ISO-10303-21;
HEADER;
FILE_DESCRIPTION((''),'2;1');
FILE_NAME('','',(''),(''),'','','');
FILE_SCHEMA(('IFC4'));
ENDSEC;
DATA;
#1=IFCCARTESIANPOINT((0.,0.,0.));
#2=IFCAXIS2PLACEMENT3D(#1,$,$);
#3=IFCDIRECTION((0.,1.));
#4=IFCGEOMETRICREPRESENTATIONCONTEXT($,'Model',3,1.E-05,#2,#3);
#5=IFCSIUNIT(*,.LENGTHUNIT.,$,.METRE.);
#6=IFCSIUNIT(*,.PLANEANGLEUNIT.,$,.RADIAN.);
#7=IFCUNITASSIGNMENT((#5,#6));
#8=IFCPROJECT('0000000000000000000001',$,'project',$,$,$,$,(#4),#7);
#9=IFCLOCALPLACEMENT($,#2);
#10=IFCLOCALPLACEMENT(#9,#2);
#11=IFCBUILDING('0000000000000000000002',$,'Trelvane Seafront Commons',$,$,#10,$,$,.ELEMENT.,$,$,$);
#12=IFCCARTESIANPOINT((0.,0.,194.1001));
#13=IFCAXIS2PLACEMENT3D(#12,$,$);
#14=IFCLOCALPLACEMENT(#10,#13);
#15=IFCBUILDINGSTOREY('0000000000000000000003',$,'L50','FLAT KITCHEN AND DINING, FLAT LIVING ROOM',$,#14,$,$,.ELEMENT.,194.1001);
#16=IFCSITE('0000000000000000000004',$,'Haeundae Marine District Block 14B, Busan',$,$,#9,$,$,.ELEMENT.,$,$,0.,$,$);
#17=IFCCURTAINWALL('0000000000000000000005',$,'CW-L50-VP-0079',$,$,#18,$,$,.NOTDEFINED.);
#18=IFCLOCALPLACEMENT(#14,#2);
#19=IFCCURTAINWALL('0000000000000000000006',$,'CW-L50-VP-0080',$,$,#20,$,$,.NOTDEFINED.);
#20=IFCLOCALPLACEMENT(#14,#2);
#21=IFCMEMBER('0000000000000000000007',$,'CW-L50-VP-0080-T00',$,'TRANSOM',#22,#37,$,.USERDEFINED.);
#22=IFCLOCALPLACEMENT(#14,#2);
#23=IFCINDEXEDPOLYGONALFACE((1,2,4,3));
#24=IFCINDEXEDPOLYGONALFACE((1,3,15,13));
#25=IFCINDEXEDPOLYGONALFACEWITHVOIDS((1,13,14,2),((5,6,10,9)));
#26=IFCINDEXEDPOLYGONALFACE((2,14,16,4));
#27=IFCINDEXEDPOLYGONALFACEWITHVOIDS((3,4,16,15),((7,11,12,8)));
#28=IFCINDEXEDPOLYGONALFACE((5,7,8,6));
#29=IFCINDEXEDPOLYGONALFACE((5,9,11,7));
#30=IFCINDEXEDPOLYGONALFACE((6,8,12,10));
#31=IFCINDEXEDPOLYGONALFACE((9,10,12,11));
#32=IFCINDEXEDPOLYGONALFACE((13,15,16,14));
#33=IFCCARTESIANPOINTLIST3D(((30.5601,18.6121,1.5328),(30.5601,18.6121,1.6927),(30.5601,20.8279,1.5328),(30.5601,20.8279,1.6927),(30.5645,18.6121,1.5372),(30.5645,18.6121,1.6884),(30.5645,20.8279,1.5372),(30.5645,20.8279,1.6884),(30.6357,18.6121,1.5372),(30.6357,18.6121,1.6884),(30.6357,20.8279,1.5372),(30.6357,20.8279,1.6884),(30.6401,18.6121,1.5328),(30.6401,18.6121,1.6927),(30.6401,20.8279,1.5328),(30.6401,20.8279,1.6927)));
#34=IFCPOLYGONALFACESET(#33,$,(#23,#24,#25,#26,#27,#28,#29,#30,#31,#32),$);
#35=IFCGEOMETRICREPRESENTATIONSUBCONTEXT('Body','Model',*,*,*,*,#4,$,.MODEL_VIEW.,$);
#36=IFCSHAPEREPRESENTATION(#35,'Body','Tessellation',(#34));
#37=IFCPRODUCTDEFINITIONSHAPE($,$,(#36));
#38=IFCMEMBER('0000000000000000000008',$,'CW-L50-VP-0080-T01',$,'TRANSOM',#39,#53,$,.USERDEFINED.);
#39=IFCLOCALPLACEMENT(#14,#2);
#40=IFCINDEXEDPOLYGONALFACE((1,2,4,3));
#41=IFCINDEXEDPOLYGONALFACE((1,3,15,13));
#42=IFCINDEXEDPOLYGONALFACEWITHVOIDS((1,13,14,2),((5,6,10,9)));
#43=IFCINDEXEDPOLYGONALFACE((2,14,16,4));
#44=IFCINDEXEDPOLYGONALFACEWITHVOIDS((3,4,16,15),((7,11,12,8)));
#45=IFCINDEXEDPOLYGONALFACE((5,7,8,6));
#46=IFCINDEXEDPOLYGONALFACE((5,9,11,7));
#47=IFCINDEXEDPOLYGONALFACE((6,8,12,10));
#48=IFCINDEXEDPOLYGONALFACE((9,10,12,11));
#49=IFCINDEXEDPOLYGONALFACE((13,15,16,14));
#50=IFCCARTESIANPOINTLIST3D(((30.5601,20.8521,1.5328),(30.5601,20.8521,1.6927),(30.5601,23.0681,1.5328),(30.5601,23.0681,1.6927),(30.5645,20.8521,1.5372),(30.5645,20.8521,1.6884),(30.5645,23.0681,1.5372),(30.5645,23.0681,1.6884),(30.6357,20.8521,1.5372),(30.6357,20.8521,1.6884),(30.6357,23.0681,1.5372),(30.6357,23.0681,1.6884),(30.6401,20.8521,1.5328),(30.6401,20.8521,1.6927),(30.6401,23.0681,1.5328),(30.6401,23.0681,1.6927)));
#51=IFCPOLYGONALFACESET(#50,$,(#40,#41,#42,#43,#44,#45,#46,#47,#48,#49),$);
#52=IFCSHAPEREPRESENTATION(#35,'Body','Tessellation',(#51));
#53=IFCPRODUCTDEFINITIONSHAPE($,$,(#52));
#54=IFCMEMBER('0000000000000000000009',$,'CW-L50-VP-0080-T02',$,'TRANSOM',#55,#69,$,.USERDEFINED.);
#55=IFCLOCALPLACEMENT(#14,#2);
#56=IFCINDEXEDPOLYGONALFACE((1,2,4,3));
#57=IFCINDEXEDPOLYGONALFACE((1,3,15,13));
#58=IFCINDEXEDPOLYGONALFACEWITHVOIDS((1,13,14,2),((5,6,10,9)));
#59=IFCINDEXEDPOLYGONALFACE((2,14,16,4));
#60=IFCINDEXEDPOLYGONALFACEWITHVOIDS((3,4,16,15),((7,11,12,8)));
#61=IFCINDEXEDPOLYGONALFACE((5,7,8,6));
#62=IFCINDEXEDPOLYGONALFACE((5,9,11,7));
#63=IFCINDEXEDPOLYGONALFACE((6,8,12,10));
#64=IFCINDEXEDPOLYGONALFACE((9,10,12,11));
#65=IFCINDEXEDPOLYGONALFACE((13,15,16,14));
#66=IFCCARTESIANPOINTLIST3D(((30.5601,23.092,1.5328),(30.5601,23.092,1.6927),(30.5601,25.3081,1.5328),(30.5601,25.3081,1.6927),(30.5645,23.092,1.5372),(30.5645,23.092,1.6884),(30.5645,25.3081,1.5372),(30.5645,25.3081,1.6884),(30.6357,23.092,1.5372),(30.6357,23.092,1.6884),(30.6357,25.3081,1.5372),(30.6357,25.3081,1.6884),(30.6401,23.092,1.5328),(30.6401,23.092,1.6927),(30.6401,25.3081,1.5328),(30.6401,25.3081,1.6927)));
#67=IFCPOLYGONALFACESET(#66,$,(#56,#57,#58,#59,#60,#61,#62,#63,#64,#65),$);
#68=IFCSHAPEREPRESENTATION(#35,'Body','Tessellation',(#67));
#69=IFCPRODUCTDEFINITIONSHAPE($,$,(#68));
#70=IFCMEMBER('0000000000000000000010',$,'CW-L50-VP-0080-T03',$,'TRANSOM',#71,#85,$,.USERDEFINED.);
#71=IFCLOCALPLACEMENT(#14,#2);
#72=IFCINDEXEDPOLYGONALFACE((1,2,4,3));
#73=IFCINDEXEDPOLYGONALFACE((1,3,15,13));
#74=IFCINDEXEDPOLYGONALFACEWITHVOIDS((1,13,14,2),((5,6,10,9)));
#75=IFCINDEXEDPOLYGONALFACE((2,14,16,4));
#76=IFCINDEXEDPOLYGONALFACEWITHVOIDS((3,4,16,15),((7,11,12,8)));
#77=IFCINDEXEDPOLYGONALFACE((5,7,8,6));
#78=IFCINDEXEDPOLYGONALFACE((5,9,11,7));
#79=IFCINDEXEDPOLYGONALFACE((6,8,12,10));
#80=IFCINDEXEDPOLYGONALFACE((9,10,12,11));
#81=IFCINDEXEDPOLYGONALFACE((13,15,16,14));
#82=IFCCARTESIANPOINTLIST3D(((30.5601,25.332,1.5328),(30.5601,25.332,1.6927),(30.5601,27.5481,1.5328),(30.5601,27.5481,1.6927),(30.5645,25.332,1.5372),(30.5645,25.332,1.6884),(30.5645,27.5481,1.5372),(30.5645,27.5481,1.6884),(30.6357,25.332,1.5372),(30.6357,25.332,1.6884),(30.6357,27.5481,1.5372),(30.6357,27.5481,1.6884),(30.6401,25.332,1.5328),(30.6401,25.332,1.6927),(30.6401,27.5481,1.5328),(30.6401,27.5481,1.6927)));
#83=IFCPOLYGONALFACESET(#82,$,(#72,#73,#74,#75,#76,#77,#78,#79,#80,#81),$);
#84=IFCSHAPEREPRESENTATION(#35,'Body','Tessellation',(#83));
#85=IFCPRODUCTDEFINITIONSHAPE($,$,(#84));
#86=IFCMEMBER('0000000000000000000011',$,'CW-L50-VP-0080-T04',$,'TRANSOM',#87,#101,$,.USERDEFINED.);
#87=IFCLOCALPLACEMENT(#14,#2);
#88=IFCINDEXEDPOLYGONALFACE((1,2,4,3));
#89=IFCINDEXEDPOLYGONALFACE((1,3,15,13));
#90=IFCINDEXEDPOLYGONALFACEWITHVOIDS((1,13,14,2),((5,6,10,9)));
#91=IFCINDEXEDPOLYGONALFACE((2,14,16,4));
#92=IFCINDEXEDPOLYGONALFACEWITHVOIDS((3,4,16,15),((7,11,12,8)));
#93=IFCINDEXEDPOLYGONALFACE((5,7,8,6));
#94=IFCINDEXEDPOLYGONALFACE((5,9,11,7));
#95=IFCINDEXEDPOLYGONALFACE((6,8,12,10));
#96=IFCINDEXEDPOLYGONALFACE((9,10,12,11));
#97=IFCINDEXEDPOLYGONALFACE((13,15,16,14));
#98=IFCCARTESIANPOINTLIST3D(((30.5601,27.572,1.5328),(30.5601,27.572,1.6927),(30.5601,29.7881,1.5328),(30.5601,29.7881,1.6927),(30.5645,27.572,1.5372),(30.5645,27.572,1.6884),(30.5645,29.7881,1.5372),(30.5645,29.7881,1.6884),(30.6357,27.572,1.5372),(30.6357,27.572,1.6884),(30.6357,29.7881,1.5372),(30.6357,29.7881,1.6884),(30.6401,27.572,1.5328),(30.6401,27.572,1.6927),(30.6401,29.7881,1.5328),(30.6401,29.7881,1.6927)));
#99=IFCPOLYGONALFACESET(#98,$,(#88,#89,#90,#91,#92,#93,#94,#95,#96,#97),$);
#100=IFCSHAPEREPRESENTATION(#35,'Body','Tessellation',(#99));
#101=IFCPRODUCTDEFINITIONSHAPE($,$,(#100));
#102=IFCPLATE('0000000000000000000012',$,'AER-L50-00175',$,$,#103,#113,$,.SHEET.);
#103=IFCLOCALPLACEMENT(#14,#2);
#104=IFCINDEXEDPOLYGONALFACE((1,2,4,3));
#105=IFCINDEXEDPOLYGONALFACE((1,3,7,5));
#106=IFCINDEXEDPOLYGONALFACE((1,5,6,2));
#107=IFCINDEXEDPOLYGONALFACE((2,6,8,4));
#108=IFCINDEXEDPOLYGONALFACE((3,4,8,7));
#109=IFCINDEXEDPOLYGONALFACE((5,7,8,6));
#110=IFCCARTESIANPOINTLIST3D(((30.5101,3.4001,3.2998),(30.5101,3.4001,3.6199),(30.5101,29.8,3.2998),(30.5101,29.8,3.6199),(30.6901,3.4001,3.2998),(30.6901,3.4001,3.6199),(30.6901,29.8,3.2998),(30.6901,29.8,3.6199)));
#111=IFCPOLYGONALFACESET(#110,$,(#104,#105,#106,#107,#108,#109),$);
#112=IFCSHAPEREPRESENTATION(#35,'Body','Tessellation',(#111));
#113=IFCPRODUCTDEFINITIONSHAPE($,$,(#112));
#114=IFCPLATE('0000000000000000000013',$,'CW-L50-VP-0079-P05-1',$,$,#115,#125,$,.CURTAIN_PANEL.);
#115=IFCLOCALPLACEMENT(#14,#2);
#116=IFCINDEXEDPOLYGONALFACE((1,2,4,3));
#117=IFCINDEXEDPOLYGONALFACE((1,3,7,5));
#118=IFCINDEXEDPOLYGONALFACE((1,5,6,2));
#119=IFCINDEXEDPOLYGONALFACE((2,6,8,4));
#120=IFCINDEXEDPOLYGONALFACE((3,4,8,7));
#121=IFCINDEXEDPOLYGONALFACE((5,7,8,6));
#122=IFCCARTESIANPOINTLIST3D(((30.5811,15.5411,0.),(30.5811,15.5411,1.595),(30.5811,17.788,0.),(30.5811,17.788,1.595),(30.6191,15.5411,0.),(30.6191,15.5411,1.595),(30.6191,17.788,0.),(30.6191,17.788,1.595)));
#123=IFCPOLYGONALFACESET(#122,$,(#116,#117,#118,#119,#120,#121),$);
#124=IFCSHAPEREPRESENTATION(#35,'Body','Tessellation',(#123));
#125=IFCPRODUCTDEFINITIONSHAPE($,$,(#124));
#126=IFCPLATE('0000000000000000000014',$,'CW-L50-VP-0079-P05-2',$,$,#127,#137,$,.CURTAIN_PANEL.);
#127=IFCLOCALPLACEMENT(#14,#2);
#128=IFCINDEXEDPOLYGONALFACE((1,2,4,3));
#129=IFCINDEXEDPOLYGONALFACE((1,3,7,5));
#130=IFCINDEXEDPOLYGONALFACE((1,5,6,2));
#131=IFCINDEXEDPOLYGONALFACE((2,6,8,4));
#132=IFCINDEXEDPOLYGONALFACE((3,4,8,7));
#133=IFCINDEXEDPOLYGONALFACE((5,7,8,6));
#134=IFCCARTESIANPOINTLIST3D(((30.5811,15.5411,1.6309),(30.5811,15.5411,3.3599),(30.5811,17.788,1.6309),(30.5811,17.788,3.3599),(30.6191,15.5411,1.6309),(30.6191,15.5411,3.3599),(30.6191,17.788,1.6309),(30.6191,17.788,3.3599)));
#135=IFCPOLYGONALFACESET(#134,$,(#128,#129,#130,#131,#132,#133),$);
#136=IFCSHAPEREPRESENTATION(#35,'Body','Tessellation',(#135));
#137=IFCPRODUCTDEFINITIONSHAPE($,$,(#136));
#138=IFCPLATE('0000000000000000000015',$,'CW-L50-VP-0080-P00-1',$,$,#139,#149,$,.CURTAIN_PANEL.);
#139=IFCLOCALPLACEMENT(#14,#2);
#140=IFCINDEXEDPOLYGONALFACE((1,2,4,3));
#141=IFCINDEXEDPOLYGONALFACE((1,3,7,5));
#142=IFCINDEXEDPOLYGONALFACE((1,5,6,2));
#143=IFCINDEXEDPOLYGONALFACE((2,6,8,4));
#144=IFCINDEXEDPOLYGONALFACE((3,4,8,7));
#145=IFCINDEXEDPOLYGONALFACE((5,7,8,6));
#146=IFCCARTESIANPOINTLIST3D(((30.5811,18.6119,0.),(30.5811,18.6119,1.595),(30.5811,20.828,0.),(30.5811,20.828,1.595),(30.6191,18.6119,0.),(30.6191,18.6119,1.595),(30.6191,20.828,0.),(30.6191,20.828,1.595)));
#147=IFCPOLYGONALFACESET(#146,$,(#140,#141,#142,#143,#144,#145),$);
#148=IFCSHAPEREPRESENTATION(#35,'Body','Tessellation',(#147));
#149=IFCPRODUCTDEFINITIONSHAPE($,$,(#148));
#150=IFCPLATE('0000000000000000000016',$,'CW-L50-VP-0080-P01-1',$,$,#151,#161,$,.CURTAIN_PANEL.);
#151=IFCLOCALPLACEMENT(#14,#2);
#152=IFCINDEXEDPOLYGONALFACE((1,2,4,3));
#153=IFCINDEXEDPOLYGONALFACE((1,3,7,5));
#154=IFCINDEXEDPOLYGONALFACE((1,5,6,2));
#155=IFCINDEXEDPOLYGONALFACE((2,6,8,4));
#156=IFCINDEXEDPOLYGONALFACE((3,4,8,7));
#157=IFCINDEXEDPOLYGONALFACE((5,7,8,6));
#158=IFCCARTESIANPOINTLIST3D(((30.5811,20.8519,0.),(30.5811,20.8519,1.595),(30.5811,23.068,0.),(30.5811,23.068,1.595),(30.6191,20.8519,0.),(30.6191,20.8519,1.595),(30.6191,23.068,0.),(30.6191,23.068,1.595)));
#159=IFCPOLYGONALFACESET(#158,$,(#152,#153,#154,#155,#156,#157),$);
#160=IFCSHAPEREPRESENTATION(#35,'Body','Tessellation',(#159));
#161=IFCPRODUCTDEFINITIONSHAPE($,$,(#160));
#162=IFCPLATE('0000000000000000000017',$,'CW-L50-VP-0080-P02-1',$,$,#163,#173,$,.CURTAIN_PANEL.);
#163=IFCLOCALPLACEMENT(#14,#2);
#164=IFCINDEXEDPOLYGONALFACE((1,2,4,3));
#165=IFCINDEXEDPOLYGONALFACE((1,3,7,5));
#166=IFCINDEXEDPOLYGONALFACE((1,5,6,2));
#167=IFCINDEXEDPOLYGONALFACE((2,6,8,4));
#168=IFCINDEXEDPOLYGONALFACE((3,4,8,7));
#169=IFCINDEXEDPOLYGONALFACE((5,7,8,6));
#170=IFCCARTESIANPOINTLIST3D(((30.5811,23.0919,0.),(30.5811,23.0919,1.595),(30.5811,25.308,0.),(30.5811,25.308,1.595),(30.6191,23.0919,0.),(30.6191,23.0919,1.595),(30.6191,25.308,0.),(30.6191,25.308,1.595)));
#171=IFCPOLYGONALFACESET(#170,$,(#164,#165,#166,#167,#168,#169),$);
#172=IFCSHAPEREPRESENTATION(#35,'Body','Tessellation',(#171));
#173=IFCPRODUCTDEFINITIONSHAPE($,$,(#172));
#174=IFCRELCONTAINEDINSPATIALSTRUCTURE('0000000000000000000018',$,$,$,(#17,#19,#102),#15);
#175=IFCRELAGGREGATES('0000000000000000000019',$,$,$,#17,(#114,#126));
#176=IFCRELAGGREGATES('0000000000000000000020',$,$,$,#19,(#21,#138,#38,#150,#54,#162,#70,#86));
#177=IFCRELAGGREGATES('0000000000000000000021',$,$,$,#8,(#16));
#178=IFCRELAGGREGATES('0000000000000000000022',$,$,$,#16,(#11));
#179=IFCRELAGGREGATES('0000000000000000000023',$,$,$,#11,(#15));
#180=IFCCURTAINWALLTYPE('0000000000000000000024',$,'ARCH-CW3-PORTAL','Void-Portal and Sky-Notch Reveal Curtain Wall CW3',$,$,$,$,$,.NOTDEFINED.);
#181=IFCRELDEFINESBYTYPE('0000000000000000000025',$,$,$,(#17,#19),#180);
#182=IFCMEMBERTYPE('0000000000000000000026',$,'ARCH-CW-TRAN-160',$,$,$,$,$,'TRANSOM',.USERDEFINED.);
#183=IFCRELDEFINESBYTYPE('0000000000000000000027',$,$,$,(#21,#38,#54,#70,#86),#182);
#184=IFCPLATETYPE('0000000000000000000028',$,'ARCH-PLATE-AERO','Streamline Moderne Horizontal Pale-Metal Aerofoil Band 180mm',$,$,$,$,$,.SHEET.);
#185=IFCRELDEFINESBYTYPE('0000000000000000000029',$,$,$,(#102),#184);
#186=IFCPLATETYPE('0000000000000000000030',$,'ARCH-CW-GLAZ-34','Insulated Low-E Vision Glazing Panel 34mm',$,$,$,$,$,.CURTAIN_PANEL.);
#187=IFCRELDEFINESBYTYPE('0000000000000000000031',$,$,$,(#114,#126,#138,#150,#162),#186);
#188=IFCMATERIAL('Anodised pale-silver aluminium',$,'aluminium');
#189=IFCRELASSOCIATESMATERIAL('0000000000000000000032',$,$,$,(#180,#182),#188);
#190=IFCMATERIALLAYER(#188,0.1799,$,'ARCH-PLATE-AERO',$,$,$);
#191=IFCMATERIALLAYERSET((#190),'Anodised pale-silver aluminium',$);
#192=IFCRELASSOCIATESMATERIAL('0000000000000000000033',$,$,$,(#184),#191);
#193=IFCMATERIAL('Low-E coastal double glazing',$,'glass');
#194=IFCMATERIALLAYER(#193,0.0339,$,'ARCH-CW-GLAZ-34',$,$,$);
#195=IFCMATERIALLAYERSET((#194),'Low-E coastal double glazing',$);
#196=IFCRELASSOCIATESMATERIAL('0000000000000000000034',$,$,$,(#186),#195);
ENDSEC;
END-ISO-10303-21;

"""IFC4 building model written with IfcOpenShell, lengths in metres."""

from ifc_helpers import new_model, si_unit, direction, frame, origin, origin_2d, place, context, subcontext, project, spatial, rectangle, hollow_rectangle, extrude, source, transform, mapped, material, layer, layer_set, material_profile, profile_set, type_object, element, aggregate, save


model = new_model("IFC4")

# Units and contexts
model_context = context("Model", 3, precision=1e-05, world=origin(), true_north=direction((0.0, 1.0)))
body_context = subcontext(model_context, "Body", "Model", "MODEL_VIEW")
ifc_project = project(units=[si_unit("LENGTHUNIT", "METRE"), si_unit("PLANEANGLEUNIT", "RADIAN")], contexts=[model_context])

# Site, building, storey
site_placement = place(None, origin())
site = spatial("IfcSite", under=ifc_project, at=site_placement, Name="Haeundae Marine District Block 14B, Busan", CompositionType="ELEMENT", RefElevation=0.0)
building_placement = place(site_placement, origin())
building = spatial("IfcBuilding", under=site, at=building_placement, Name="Trelvane Seafront Commons", CompositionType="ELEMENT")
storey_placement = place(building_placement, frame((0.0, 0.0, 194.1001)))
storey = spatial("IfcBuildingStorey", under=building, at=storey_placement, Name="L50", Description="FLAT KITCHEN AND DINING, FLAT LIVING ROOM", CompositionType="ELEMENT", Elevation=194.1001)

# Curtain wall
ifc_material_1 = material(Name="Anodised pale-silver aluminium", Category="aluminium")
curtain_wall_type = type_object("IfcCurtainWallType", Name="ARCH-CW3-PORTAL", Description="Void-Portal and Sky-Notch Reveal Curtain Wall CW3", PredefinedType="NOTDEFINED", material=ifc_material_1)
curtain_wall_1_placement = place(storey_placement, origin())
curtain_wall_1 = element("IfcCurtainWall", 1, at=curtain_wall_1_placement, inside=storey, type_object=curtain_wall_type, Name="CW-L50-VP-0079", PredefinedType="NOTDEFINED")

# Curtain wall, members
curtain_wall_2_placement = place(storey_placement, origin())
curtain_wall_2 = element("IfcCurtainWall", 2, at=curtain_wall_2_placement, inside=storey, type_object=curtain_wall_type, Name="CW-L50-VP-0080", PredefinedType="NOTDEFINED")
ifc_material_profile_1 = material_profile(ifc_material_1, hollow_rectangle(XDim=0.0801, YDim=0.1599, WallThickness=0.0044, at=origin_2d()), Name="TRAN-80x160x4.5")
ifc_profile_set_1 = profile_set([ifc_material_profile_1], Name="Anodised pale-silver aluminium")
member_type_1 = type_object("IfcMemberType", Name="ARCH-CW-TRAN-160", ElementType="TRANSOM", PredefinedType="USERDEFINED", material=ifc_profile_set_1)
shared_shape_1 = source(origin(), body_context, "Body", "SweptSolid", [
    extrude(hollow_rectangle(XDim=0.0801, YDim=0.1599, WallThickness=0.0044, at=origin_2d()), origin(), (0.0, 0.0, 1.0), 2.2158),
])
member_1_placement = place(storey_placement, frame((30.6001, 18.6121, 1.6128), z_axis=(0.0, 1.0, 0.0), x_axis=(-1.0, 0.0, 0.0)))
member_1 = element("IfcMember", 3, at=member_1_placement, type_object=member_type_1, Name="CW-L50-VP-0080-T00", ObjectType="TRANSOM", PredefinedType="USERDEFINED", context=body_context, shape_type="MappedRepresentation", body=[
    mapped(shared_shape_1, transform((0.0, 0.0, 0.0), x_axis=(1.0, 0.0, 0.0), y_axis=(0.0, 1.0, 0.0), z_axis=(0.0, 0.0, 1.0), scale=1.0)),
])
shared_shape_2 = source(origin(), body_context, "Body", "SweptSolid", [
    extrude(hollow_rectangle(XDim=0.0801, YDim=0.1599, WallThickness=0.0044, at=origin_2d()), origin(), (0.0, 0.0, 1.0), 2.2161),
])
member_2_placement = place(storey_placement, frame((30.6001, 20.8521, 1.6128), z_axis=(0.0, 1.0, 0.0), x_axis=(-1.0, 0.0, 0.0)))
member_2 = element("IfcMember", 4, at=member_2_placement, type_object=member_type_1, Name="CW-L50-VP-0080-T01", ObjectType="TRANSOM", PredefinedType="USERDEFINED", context=body_context, shape_type="MappedRepresentation", body=[
    mapped(shared_shape_2, transform((0.0, 0.0, 0.0), x_axis=(1.0, 0.0, 0.0), y_axis=(0.0, 1.0, 0.0), z_axis=(0.0, 0.0, 1.0), scale=1.0)),
])
member_3_placement = place(storey_placement, frame((30.6001, 23.092, 1.6128), z_axis=(0.0, 1.0, 0.0), x_axis=(-1.0, 0.0, 0.0)))
member_3 = element("IfcMember", 5, at=member_3_placement, type_object=member_type_1, Name="CW-L50-VP-0080-T02", ObjectType="TRANSOM", PredefinedType="USERDEFINED", context=body_context, shape_type="MappedRepresentation", body=[
    mapped(shared_shape_2, transform((0.0, 0.0, 0.0), x_axis=(1.0, 0.0, 0.0), y_axis=(0.0, 1.0, 0.0), z_axis=(0.0, 0.0, 1.0), scale=1.0)),
])
member_4_placement = place(storey_placement, frame((30.6001, 25.332, 1.6128), z_axis=(0.0, 1.0, 0.0), x_axis=(-1.0, 0.0, 0.0)))
member_4 = element("IfcMember", 6, at=member_4_placement, type_object=member_type_1, Name="CW-L50-VP-0080-T03", ObjectType="TRANSOM", PredefinedType="USERDEFINED", context=body_context, shape_type="MappedRepresentation", body=[
    mapped(shared_shape_2, transform((0.0, 0.0, 0.0), x_axis=(1.0, 0.0, 0.0), y_axis=(0.0, 1.0, 0.0), z_axis=(0.0, 0.0, 1.0), scale=1.0)),
])
member_5_placement = place(storey_placement, frame((30.6001, 27.572, 1.6128), z_axis=(0.0, 1.0, 0.0), x_axis=(-1.0, 0.0, 0.0)))
member_5 = element("IfcMember", 7, at=member_5_placement, type_object=member_type_1, Name="CW-L50-VP-0080-T04", ObjectType="TRANSOM", PredefinedType="USERDEFINED", context=body_context, shape_type="MappedRepresentation", body=[
    mapped(shared_shape_2, transform((0.0, 0.0, 0.0), x_axis=(1.0, 0.0, 0.0), y_axis=(0.0, 1.0, 0.0), z_axis=(0.0, 0.0, 1.0), scale=1.0)),
])

# Plates
ifc_layer_1 = layer(ifc_material_1, 0.1799, Name="ARCH-PLATE-AERO")
ifc_layer_set_1 = layer_set([ifc_layer_1], Name="Anodised pale-silver aluminium")
plate_type_1 = type_object("IfcPlateType", Name="ARCH-PLATE-AERO", Description="Streamline Moderne Horizontal Pale-Metal Aerofoil Band 180mm", PredefinedType="SHEET", material=ifc_layer_set_1)
shared_shape_3 = source(origin(), body_context, "Body", "SweptSolid", [
    extrude(rectangle(XDim=26.3999, YDim=0.1799, at=origin_2d()), origin(), (0.0, 0.0, 1.0), 0.3201),
])
plate_1_placement = place(storey_placement, frame((30.6001, 16.6001, 3.2998), z_axis=(0.0, 0.0, 1.0), x_axis=(0.0, -1.0, 0.0)))
element("IfcPlate", 8, at=plate_1_placement, inside=storey, type_object=plate_type_1, Name="AER-L50-00175", PredefinedType="SHEET", context=body_context, shape_type="MappedRepresentation", body=[
    mapped(shared_shape_3, transform((0.0, 0.0, 0.0), x_axis=(1.0, 0.0, 0.0), y_axis=(0.0, 1.0, 0.0), z_axis=(0.0, 0.0, 1.0), scale=1.0)),
])
ifc_material_2 = material(Name="Low-E coastal double glazing", Category="glass")
ifc_layer_2 = layer(ifc_material_2, 0.0339, Name="ARCH-CW-GLAZ-34")
ifc_layer_set_2 = layer_set([ifc_layer_2], Name="Low-E coastal double glazing")
plate_type_2 = type_object("IfcPlateType", Name="ARCH-CW-GLAZ-34", Description="Insulated Low-E Vision Glazing Panel 34mm", PredefinedType="CURTAIN_PANEL", material=ifc_layer_set_2)
shared_shape_4 = source(origin(), body_context, "Body", "SweptSolid", [
    extrude(rectangle(XDim=2.2468, YDim=0.0381, at=origin_2d()), origin(), (0.0, 0.0, 1.0), 1.595),
])
plate_2_placement = place(storey_placement, frame((30.6001, 16.6646, 0.0), z_axis=(0.0, 0.0, 1.0), x_axis=(0.0, 1.0, 0.0)))
plate_2 = element("IfcPlate", 9, at=plate_2_placement, type_object=plate_type_2, Name="CW-L50-VP-0079-P05-1", PredefinedType="CURTAIN_PANEL", context=body_context, shape_type="MappedRepresentation", body=[
    mapped(shared_shape_4, transform((0.0, 0.0, 0.0), x_axis=(1.0, 0.0, 0.0), y_axis=(0.0, 1.0, 0.0), z_axis=(0.0, 0.0, 1.0), scale=1.0)),
])
shared_shape_5 = source(origin(), body_context, "Body", "SweptSolid", [
    extrude(rectangle(XDim=2.2468, YDim=0.0381, at=origin_2d()), origin(), (0.0, 0.0, 1.0), 1.729),
])
plate_3_placement = place(storey_placement, frame((30.6001, 16.6646, 1.6309), z_axis=(0.0, 0.0, 1.0), x_axis=(0.0, 1.0, 0.0)))
plate_3 = element("IfcPlate", 10, at=plate_3_placement, type_object=plate_type_2, Name="CW-L50-VP-0079-P05-2", PredefinedType="CURTAIN_PANEL", context=body_context, shape_type="MappedRepresentation", body=[
    mapped(shared_shape_5, transform((0.0, 0.0, 0.0), x_axis=(1.0, 0.0, 0.0), y_axis=(0.0, 1.0, 0.0), z_axis=(0.0, 0.0, 1.0), scale=1.0)),
])
aggregate(curtain_wall_1, [plate_2, plate_3])
shared_shape_6 = source(origin(), body_context, "Body", "SweptSolid", [
    extrude(rectangle(XDim=2.2161, YDim=0.0381, at=origin_2d()), origin(), (0.0, 0.0, 1.0), 1.595),
])
plate_4_placement = place(storey_placement, frame((30.6001, 19.72, 0.0), z_axis=(0.0, 0.0, 1.0), x_axis=(0.0, 1.0, 0.0)))
plate_4 = element("IfcPlate", 11, at=plate_4_placement, type_object=plate_type_2, Name="CW-L50-VP-0080-P00-1", PredefinedType="CURTAIN_PANEL", context=body_context, shape_type="MappedRepresentation", body=[
    mapped(shared_shape_6, transform((0.0, 0.0, 0.0), x_axis=(1.0, 0.0, 0.0), y_axis=(0.0, 1.0, 0.0), z_axis=(0.0, 0.0, 1.0), scale=1.0)),
])
plate_5_placement = place(storey_placement, frame((30.6001, 21.96, 0.0), z_axis=(0.0, 0.0, 1.0), x_axis=(0.0, 1.0, 0.0)))
plate_5 = element("IfcPlate", 12, at=plate_5_placement, type_object=plate_type_2, Name="CW-L50-VP-0080-P01-1", PredefinedType="CURTAIN_PANEL", context=body_context, shape_type="MappedRepresentation", body=[
    mapped(shared_shape_6, transform((0.0, 0.0, 0.0), x_axis=(1.0, 0.0, 0.0), y_axis=(0.0, 1.0, 0.0), z_axis=(0.0, 0.0, 1.0), scale=1.0)),
])
plate_6_placement = place(storey_placement, frame((30.6001, 24.2, 0.0), z_axis=(0.0, 0.0, 1.0), x_axis=(0.0, 1.0, 0.0)))
plate_6 = element("IfcPlate", 13, at=plate_6_placement, type_object=plate_type_2, Name="CW-L50-VP-0080-P02-1", PredefinedType="CURTAIN_PANEL", context=body_context, shape_type="MappedRepresentation", body=[
    mapped(shared_shape_6, transform((0.0, 0.0, 0.0), x_axis=(1.0, 0.0, 0.0), y_axis=(0.0, 1.0, 0.0), z_axis=(0.0, 0.0, 1.0), scale=1.0)),
])
aggregate(curtain_wall_2, [member_1, plate_4, member_2, plate_5, member_3, plate_6, member_4, member_5])

save(model, "model.ifc")
